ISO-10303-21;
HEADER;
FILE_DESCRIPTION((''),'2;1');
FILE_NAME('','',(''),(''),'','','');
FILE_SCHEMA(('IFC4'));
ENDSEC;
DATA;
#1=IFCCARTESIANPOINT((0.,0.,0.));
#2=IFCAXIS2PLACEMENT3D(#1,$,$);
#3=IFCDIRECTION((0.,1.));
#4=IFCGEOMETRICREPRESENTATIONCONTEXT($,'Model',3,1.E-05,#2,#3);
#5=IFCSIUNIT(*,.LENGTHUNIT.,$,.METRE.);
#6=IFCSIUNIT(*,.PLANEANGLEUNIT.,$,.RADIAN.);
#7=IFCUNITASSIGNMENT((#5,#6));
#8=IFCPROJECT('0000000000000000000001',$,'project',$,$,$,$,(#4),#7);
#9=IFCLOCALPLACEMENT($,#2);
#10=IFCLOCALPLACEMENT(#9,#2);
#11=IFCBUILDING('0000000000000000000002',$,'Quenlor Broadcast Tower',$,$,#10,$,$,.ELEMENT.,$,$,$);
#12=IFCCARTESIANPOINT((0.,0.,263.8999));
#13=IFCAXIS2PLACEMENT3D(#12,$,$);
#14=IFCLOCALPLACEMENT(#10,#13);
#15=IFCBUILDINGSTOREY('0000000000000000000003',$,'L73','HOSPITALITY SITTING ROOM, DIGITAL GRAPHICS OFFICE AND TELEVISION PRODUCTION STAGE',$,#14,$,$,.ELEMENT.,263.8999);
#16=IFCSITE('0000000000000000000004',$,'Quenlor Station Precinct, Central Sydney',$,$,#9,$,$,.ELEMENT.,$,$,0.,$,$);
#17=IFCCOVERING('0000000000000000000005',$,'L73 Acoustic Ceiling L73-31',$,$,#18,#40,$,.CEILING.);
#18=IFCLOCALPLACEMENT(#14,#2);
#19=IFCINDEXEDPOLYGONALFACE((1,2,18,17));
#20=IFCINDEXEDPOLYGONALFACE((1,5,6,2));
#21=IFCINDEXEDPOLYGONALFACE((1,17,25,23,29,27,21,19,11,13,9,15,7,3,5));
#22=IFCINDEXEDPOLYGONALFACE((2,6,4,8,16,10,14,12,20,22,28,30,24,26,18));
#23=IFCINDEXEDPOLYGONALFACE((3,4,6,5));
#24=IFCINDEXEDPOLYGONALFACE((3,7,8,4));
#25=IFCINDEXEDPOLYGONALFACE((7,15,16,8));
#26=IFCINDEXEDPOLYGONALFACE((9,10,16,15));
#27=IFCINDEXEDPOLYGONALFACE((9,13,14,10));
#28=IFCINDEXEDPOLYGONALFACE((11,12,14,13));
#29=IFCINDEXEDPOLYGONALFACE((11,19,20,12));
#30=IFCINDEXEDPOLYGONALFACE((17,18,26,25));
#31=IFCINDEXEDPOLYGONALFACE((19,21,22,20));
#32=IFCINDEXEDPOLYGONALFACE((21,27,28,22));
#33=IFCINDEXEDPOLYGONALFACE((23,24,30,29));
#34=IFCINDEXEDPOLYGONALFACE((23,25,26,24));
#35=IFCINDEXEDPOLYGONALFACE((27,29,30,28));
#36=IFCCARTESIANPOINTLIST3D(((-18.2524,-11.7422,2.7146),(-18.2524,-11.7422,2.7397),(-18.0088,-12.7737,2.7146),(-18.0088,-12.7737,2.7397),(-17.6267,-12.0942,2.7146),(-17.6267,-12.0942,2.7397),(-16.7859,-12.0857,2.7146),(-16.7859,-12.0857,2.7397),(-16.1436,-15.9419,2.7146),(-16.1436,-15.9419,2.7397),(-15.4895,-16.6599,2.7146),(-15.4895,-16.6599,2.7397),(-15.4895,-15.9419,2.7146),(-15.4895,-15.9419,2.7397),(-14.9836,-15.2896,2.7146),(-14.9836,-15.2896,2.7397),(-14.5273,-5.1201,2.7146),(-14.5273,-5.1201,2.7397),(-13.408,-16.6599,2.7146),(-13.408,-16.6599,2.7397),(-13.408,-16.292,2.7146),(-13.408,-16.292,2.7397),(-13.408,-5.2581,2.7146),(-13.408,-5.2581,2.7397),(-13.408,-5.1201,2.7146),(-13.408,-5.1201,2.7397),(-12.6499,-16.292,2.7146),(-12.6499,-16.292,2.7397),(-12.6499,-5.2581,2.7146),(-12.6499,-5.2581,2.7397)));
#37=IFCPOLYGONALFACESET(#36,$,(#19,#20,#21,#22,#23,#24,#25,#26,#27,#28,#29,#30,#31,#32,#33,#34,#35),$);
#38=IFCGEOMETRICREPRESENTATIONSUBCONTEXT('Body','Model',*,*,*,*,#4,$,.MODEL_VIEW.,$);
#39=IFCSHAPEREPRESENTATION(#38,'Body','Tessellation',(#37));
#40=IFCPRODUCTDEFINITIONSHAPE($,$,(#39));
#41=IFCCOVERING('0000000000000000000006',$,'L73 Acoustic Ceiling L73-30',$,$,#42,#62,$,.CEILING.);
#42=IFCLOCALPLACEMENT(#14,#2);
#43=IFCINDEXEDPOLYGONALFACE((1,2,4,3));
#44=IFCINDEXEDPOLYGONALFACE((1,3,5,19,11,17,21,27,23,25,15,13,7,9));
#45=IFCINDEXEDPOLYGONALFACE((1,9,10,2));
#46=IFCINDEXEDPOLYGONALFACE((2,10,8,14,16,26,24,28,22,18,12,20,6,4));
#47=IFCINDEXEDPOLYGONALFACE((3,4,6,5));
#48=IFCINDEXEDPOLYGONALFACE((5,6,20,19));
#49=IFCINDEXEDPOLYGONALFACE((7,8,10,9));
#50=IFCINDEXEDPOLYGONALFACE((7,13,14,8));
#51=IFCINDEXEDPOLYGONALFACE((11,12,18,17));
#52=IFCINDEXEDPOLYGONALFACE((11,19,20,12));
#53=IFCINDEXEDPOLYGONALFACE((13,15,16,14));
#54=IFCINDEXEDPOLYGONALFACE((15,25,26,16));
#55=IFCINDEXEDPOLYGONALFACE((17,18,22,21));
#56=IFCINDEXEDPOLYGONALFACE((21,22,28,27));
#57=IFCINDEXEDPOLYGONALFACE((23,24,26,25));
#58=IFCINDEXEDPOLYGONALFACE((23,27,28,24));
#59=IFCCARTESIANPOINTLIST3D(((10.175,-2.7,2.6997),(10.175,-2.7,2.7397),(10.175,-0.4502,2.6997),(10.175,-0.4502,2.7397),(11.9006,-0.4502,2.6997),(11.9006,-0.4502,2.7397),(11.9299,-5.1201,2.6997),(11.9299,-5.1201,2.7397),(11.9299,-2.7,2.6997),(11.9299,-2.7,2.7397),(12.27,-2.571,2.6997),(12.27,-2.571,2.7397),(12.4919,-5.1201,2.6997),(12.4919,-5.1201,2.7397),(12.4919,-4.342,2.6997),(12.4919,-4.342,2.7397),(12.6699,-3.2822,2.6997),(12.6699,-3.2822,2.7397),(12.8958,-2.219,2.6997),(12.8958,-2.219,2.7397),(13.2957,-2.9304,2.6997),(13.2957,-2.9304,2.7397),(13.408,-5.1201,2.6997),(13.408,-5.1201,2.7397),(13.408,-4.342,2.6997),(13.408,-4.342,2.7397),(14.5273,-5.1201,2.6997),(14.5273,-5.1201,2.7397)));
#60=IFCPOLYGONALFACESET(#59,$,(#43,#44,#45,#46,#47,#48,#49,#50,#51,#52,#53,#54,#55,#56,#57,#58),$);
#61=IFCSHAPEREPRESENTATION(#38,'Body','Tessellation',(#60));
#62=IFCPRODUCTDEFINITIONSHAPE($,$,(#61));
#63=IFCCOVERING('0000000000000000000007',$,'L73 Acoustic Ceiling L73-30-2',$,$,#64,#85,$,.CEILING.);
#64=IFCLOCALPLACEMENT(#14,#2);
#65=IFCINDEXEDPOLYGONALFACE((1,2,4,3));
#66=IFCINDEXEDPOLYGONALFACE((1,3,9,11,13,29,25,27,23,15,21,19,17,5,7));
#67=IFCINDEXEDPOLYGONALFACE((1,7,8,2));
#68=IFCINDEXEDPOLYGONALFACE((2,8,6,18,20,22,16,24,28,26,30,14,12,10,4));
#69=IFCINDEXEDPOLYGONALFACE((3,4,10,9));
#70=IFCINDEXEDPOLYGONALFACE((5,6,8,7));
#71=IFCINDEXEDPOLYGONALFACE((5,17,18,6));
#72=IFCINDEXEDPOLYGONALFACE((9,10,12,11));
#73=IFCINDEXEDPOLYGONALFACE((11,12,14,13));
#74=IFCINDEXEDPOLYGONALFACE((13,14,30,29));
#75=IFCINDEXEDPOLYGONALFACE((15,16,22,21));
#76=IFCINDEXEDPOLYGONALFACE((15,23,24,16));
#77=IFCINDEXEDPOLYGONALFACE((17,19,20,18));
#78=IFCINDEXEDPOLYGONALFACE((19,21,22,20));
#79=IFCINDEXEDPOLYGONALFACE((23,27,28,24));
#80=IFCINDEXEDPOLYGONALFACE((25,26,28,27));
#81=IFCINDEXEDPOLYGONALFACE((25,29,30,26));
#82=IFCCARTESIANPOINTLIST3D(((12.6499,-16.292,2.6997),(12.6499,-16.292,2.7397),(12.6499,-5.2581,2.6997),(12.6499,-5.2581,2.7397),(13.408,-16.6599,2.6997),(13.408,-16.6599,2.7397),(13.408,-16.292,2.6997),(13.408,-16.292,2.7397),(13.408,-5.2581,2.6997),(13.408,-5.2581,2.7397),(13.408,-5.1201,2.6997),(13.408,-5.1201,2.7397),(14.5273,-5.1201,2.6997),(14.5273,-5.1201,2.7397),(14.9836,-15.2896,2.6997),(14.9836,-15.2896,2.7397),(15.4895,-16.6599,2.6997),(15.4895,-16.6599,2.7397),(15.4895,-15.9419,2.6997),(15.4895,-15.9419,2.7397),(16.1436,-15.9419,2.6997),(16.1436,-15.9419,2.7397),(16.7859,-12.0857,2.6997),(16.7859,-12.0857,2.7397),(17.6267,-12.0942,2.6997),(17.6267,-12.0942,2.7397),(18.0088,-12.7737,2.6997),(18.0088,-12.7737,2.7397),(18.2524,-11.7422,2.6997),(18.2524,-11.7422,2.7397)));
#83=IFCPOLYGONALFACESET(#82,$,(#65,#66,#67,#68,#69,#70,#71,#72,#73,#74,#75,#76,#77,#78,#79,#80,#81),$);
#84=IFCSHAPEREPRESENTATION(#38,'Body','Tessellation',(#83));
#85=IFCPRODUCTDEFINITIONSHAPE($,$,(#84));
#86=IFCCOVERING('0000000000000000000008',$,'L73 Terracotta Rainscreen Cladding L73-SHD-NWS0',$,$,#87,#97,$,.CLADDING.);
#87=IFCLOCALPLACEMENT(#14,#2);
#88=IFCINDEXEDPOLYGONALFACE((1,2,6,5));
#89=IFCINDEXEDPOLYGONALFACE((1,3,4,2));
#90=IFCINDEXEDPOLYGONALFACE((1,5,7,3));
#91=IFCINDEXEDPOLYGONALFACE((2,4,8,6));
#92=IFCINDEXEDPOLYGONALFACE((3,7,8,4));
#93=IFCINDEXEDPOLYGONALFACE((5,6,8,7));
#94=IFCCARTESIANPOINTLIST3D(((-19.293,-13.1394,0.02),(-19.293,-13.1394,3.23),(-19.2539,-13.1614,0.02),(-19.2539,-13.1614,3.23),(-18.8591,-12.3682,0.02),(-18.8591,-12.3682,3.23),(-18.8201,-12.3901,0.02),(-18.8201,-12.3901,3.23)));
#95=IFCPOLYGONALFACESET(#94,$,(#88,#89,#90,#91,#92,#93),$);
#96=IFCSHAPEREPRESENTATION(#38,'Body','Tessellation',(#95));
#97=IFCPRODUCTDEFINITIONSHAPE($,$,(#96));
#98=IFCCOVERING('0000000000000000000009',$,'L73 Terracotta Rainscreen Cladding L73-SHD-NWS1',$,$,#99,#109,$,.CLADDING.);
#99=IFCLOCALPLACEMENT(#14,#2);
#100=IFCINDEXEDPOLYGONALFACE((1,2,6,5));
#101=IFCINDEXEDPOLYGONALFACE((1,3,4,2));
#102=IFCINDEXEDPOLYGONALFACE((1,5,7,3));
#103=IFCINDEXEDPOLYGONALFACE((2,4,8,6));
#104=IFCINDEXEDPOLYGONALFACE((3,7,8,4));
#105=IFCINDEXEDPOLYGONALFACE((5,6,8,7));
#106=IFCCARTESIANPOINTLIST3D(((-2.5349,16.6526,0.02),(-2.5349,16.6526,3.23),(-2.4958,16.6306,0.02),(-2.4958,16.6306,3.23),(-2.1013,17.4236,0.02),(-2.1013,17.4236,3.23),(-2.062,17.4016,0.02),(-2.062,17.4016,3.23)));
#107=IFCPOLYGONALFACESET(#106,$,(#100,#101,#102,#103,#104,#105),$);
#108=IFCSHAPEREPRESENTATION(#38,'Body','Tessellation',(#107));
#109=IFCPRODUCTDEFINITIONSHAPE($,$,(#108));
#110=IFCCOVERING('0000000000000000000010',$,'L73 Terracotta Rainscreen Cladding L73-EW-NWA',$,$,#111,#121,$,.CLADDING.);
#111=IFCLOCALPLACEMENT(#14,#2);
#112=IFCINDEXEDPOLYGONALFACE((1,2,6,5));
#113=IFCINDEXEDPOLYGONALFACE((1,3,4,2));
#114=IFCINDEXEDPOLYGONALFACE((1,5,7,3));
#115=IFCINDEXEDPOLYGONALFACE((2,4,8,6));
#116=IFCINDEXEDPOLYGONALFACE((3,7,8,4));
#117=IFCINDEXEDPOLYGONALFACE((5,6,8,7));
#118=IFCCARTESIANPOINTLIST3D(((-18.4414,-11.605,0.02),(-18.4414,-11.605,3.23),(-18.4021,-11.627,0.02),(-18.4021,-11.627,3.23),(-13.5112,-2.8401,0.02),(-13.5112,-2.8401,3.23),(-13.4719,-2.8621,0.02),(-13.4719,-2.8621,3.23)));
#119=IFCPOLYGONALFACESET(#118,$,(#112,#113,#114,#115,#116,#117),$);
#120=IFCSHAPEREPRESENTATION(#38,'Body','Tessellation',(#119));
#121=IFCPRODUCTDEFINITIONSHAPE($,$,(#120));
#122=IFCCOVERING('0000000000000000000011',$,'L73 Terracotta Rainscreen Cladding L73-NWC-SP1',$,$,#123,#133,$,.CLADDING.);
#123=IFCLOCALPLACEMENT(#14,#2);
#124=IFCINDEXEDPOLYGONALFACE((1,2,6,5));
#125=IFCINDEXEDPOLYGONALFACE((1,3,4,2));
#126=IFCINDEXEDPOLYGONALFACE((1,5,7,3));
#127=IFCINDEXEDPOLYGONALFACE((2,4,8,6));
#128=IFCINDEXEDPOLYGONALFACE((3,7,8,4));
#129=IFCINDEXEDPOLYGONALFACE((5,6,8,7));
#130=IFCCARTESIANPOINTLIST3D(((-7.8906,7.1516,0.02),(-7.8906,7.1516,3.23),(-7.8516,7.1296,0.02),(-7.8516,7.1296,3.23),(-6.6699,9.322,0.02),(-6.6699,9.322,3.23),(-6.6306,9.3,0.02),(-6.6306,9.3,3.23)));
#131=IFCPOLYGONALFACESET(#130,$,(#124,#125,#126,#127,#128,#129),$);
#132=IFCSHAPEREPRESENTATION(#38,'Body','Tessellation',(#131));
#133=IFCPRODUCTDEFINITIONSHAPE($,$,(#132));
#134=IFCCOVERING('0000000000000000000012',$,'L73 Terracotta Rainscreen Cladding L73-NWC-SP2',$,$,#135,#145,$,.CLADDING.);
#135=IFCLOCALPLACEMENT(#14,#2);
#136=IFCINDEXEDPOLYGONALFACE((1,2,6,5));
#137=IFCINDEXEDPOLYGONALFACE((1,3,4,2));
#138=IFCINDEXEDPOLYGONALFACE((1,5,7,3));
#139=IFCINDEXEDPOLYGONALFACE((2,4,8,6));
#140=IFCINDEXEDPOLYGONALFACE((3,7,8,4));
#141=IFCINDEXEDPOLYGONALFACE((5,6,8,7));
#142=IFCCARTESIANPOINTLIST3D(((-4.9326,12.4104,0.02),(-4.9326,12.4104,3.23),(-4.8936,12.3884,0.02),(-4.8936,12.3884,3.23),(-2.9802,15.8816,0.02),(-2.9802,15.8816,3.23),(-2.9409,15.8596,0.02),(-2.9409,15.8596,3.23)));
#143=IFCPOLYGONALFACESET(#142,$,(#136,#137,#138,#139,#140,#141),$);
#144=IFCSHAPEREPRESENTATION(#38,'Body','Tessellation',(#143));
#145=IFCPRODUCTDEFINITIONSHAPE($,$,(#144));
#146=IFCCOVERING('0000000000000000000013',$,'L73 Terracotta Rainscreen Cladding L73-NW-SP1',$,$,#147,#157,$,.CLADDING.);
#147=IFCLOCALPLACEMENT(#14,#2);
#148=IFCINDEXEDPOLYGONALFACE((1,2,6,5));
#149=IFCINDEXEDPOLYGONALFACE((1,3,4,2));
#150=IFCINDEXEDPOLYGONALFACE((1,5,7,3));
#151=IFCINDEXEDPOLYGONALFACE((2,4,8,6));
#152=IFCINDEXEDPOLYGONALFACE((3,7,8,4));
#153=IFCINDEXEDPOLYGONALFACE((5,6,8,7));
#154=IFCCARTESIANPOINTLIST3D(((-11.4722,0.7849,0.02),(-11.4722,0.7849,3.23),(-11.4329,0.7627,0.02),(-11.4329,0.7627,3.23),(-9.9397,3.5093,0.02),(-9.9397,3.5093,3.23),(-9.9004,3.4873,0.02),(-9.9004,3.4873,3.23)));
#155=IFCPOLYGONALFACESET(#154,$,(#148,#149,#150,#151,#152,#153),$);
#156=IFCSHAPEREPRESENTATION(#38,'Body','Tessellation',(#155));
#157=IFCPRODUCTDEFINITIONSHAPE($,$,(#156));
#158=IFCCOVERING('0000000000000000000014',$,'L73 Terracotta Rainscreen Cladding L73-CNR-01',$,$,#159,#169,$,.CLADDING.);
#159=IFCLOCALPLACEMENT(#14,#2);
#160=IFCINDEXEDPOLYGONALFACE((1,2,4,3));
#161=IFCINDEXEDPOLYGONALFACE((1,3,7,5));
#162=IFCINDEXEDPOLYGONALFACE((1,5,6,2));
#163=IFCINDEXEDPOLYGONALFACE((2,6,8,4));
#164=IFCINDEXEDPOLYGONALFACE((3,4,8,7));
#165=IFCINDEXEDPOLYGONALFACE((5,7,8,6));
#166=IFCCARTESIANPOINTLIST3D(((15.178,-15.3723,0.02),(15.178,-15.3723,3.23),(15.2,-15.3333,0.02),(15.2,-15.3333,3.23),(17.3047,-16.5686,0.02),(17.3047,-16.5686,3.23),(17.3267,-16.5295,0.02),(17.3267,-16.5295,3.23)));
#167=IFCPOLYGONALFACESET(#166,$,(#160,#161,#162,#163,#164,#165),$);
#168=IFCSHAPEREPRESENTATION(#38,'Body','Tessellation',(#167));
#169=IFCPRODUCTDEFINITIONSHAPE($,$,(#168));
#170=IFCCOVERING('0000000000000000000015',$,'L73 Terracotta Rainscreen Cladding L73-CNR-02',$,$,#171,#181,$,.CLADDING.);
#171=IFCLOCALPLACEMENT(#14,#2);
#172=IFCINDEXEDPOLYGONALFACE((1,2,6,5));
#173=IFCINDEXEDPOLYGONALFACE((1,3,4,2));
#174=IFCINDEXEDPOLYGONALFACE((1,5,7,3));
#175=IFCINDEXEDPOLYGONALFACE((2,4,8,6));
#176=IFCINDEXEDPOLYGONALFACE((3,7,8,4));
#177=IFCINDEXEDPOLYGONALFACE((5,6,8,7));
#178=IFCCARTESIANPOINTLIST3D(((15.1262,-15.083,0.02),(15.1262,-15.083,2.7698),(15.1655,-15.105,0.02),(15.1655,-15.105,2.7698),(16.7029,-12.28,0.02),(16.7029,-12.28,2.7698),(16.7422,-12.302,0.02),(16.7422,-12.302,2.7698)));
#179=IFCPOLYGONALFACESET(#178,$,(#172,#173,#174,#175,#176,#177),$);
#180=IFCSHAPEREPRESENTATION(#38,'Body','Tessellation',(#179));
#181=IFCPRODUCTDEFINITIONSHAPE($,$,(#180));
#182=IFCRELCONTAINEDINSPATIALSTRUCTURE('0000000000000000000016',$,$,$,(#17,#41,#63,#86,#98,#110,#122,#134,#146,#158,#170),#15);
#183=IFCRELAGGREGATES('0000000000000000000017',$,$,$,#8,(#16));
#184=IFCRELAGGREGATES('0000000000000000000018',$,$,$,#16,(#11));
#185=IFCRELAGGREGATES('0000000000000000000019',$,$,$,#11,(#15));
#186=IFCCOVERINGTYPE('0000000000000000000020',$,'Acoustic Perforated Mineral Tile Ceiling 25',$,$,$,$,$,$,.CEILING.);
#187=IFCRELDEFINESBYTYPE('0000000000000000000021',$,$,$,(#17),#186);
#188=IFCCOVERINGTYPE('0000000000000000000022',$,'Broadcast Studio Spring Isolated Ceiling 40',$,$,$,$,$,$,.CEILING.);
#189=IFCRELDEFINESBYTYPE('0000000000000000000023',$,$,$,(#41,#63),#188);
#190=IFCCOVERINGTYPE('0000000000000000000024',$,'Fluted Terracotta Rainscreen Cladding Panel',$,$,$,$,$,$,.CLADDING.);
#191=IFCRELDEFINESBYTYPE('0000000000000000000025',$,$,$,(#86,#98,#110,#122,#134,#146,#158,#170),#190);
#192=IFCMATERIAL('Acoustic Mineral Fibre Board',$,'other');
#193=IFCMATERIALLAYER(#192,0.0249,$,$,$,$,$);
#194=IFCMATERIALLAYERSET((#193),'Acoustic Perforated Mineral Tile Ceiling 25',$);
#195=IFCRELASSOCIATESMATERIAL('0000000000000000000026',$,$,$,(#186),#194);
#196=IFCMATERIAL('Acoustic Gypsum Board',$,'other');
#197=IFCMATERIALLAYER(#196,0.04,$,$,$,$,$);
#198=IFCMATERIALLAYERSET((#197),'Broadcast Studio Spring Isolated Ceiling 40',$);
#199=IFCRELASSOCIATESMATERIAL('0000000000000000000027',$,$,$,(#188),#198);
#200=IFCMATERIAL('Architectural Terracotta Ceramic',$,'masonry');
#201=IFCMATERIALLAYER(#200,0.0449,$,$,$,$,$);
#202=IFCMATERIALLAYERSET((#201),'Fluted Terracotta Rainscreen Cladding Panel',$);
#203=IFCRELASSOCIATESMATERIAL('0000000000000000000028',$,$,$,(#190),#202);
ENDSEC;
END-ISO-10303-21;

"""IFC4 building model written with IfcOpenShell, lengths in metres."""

from ifc_helpers import new_model, si_unit, direction, frame, origin, place, context, subcontext, project, spatial, polyline, outline, extrude, material, layer, layer_set, type_object, element, save


model = new_model("IFC4")

# Units and contexts
model_context = context("Model", 3, precision=1e-05, world=origin(), true_north=direction((0.0, 1.0)))
body_context = subcontext(model_context, "Body", "Model", "MODEL_VIEW")
ifc_project = project(units=[si_unit("LENGTHUNIT", "METRE"), si_unit("PLANEANGLEUNIT", "RADIAN")], contexts=[model_context])

# Site, building, storey
site_placement = place(None, origin())
site = spatial("IfcSite", under=ifc_project, at=site_placement, Name="Quenlor Station Precinct, Central Sydney", CompositionType="ELEMENT", RefElevation=0.0)
building_placement = place(site_placement, origin())
building = spatial("IfcBuilding", under=site, at=building_placement, Name="Quenlor Broadcast Tower", CompositionType="ELEMENT")
storey_placement = place(building_placement, frame((0.0, 0.0, 263.8999)))
storey = spatial("IfcBuildingStorey", under=building, at=storey_placement, Name="L73", Description="HOSPITALITY SITTING ROOM, DIGITAL GRAPHICS OFFICE AND TELEVISION PRODUCTION STAGE", CompositionType="ELEMENT", Elevation=263.8999)

# Coverings
ifc_material_1 = material(Name="Acoustic Mineral Fibre Board", Category="other")
ifc_layer_1 = layer(ifc_material_1, 0.0249)
ifc_layer_set_1 = layer_set([ifc_layer_1], Name="Acoustic Perforated Mineral Tile Ceiling 25")
covering_type_1 = type_object("IfcCoveringType", Name="Acoustic Perforated Mineral Tile Ceiling 25", PredefinedType="CEILING", material=ifc_layer_set_1)
covering_1_placement = place(storey_placement, frame((0.0, 0.0, 2.7146)))
element("IfcCovering", 1, at=covering_1_placement, inside=storey, type_object=covering_type_1, Name="L73 Acoustic Ceiling L73-31", PredefinedType="CEILING", context=body_context, shape_type="SweptSolid", body=[
    extrude(outline(polyline([(-18.2524, -11.7422), (-14.5273, -5.1201), (-13.408, -5.1201), (-13.408, -5.2581), (-12.6499, -5.2581), (-12.6499, -16.292), (-13.408, -16.292), (-13.408, -16.6599), (-15.4895, -16.6599), (-15.4895, -15.9419), (-16.1436, -15.9419), (-14.9836, -15.2896), (-16.7859, -12.0857), (-18.0088, -12.7737), (-17.6267, -12.0942), (-18.2524, -11.7422)])), origin(), (0.0, 0.0, 1.0), 0.0251),
])
ifc_material_2 = material(Name="Acoustic Gypsum Board", Category="other")
ifc_layer_2 = layer(ifc_material_2, 0.04)
ifc_layer_set_2 = layer_set([ifc_layer_2], Name="Broadcast Studio Spring Isolated Ceiling 40")
covering_type_2 = type_object("IfcCoveringType", Name="Broadcast Studio Spring Isolated Ceiling 40", PredefinedType="CEILING", material=ifc_layer_set_2)
covering_2_placement = place(storey_placement, frame((0.0, 0.0, 2.6997)))
element("IfcCovering", 2, at=covering_2_placement, inside=storey, type_object=covering_type_2, Name="L73 Acoustic Ceiling L73-30", PredefinedType="CEILING", context=body_context, shape_type="SweptSolid", body=[
    extrude(outline(polyline([(13.408, -4.342), (12.4919, -4.342), (12.4919, -5.1201), (11.9299, -5.1201), (11.9299, -2.7), (10.175, -2.7), (10.175, -0.4502), (11.9006, -0.4502), (12.8958, -2.219), (12.27, -2.571), (12.6699, -3.2822), (13.2957, -2.9304), (14.5273, -5.1201), (13.408, -5.1201), (13.408, -4.342)])), origin(), (0.0, 0.0, 1.0), 0.04),
])
covering_3_placement = place(storey_placement, frame((0.0, 0.0, 2.6997)))
element("IfcCovering", 3, at=covering_3_placement, inside=storey, type_object=covering_type_2, Name="L73 Acoustic Ceiling L73-30-2", PredefinedType="CEILING", context=body_context, shape_type="SweptSolid", body=[
    extrude(outline(polyline([(13.408, -5.1201), (14.5273, -5.1201), (18.2524, -11.7422), (17.6267, -12.0942), (18.0088, -12.7737), (16.7859, -12.0857), (14.9836, -15.2896), (16.1436, -15.9419), (15.4895, -15.9419), (15.4895, -16.6599), (13.408, -16.6599), (13.408, -16.292), (12.6499, -16.292), (12.6499, -5.2581), (13.408, -5.2581), (13.408, -5.1201)])), origin(), (0.0, 0.0, 1.0), 0.04),
])
ifc_material_3 = material(Name="Architectural Terracotta Ceramic", Category="masonry")
ifc_layer_3 = layer(ifc_material_3, 0.0449)
ifc_layer_set_3 = layer_set([ifc_layer_3], Name="Fluted Terracotta Rainscreen Cladding Panel")
covering_type_3 = type_object("IfcCoveringType", Name="Fluted Terracotta Rainscreen Cladding Panel", PredefinedType="CLADDING", material=ifc_layer_set_3)
covering_4_placement = place(storey_placement, frame((0.0, 0.0, 0.02)))
element("IfcCovering", 4, at=covering_4_placement, inside=storey, type_object=covering_type_3, Name="L73 Terracotta Rainscreen Cladding L73-SHD-NWS0", PredefinedType="CLADDING", context=body_context, shape_type="SweptSolid", body=[
    extrude(outline(polyline([(-19.2539, -13.1614), (-18.8201, -12.3901), (-18.8591, -12.3682), (-19.293, -13.1394), (-19.2539, -13.1614)])), origin(), (0.0, 0.0, 1.0), 3.21),
])
covering_5_placement = place(storey_placement, frame((0.0, 0.0, 0.02)))
element("IfcCovering", 5, at=covering_5_placement, inside=storey, type_object=covering_type_3, Name="L73 Terracotta Rainscreen Cladding L73-SHD-NWS1", PredefinedType="CLADDING", context=body_context, shape_type="SweptSolid", body=[
    extrude(outline(polyline([(-2.4958, 16.6306), (-2.062, 17.4016), (-2.1013, 17.4236), (-2.5349, 16.6526), (-2.4958, 16.6306)])), origin(), (0.0, 0.0, 1.0), 3.21),
])
covering_6_placement = place(storey_placement, frame((0.0, 0.0, 0.02)))
element("IfcCovering", 6, at=covering_6_placement, inside=storey, type_object=covering_type_3, Name="L73 Terracotta Rainscreen Cladding L73-EW-NWA", PredefinedType="CLADDING", context=body_context, shape_type="SweptSolid", body=[
    extrude(outline(polyline([(-18.4021, -11.627), (-13.4719, -2.8621), (-13.5112, -2.8401), (-18.4414, -11.605), (-18.4021, -11.627)])), origin(), (0.0, 0.0, 1.0), 3.21),
])
covering_7_placement = place(storey_placement, frame((0.0, 0.0, 0.02)))
element("IfcCovering", 7, at=covering_7_placement, inside=storey, type_object=covering_type_3, Name="L73 Terracotta Rainscreen Cladding L73-NWC-SP1", PredefinedType="CLADDING", context=body_context, shape_type="SweptSolid", body=[
    extrude(outline(polyline([(-7.8516, 7.1296), (-6.6306, 9.3), (-6.6699, 9.322), (-7.8906, 7.1516), (-7.8516, 7.1296)])), origin(), (0.0, 0.0, 1.0), 3.21),
])
covering_8_placement = place(storey_placement, frame((0.0, 0.0, 0.02)))
element("IfcCovering", 8, at=covering_8_placement, inside=storey, type_object=covering_type_3, Name="L73 Terracotta Rainscreen Cladding L73-NWC-SP2", PredefinedType="CLADDING", context=body_context, shape_type="SweptSolid", body=[
    extrude(outline(polyline([(-4.8936, 12.3884), (-2.9409, 15.8596), (-2.9802, 15.8816), (-4.9326, 12.4104), (-4.8936, 12.3884)])), origin(), (0.0, 0.0, 1.0), 3.21),
])
covering_9_placement = place(storey_placement, frame((0.0, 0.0, 0.02)))
element("IfcCovering", 9, at=covering_9_placement, inside=storey, type_object=covering_type_3, Name="L73 Terracotta Rainscreen Cladding L73-NW-SP1", PredefinedType="CLADDING", context=body_context, shape_type="SweptSolid", body=[
    extrude(outline(polyline([(-11.4329, 0.7627), (-9.9004, 3.4873), (-9.9397, 3.5093), (-11.4722, 0.7849), (-11.4329, 0.7627)])), origin(), (0.0, 0.0, 1.0), 3.21),
])
covering_10_placement = place(storey_placement, frame((0.0, 0.0, 0.02)))
element("IfcCovering", 10, at=covering_10_placement, inside=storey, type_object=covering_type_3, Name="L73 Terracotta Rainscreen Cladding L73-CNR-01", PredefinedType="CLADDING", context=body_context, shape_type="SweptSolid", body=[
    extrude(outline(polyline([(17.3267, -16.5295), (15.2, -15.3333), (15.178, -15.3723), (17.3047, -16.5686), (17.3267, -16.5295)])), origin(), (0.0, 0.0, 1.0), 3.21),
])
covering_11_placement = place(storey_placement, frame((0.0, 0.0, 0.02)))
element("IfcCovering", 11, at=covering_11_placement, inside=storey, type_object=covering_type_3, Name="L73 Terracotta Rainscreen Cladding L73-CNR-02", PredefinedType="CLADDING", context=body_context, shape_type="SweptSolid", body=[
    extrude(outline(polyline([(15.1655, -15.105), (16.7422, -12.302), (16.7029, -12.28), (15.1262, -15.083), (15.1655, -15.105)])), origin(), (0.0, 0.0, 1.0), 2.7498),
])

save(model, "model.ifc")
